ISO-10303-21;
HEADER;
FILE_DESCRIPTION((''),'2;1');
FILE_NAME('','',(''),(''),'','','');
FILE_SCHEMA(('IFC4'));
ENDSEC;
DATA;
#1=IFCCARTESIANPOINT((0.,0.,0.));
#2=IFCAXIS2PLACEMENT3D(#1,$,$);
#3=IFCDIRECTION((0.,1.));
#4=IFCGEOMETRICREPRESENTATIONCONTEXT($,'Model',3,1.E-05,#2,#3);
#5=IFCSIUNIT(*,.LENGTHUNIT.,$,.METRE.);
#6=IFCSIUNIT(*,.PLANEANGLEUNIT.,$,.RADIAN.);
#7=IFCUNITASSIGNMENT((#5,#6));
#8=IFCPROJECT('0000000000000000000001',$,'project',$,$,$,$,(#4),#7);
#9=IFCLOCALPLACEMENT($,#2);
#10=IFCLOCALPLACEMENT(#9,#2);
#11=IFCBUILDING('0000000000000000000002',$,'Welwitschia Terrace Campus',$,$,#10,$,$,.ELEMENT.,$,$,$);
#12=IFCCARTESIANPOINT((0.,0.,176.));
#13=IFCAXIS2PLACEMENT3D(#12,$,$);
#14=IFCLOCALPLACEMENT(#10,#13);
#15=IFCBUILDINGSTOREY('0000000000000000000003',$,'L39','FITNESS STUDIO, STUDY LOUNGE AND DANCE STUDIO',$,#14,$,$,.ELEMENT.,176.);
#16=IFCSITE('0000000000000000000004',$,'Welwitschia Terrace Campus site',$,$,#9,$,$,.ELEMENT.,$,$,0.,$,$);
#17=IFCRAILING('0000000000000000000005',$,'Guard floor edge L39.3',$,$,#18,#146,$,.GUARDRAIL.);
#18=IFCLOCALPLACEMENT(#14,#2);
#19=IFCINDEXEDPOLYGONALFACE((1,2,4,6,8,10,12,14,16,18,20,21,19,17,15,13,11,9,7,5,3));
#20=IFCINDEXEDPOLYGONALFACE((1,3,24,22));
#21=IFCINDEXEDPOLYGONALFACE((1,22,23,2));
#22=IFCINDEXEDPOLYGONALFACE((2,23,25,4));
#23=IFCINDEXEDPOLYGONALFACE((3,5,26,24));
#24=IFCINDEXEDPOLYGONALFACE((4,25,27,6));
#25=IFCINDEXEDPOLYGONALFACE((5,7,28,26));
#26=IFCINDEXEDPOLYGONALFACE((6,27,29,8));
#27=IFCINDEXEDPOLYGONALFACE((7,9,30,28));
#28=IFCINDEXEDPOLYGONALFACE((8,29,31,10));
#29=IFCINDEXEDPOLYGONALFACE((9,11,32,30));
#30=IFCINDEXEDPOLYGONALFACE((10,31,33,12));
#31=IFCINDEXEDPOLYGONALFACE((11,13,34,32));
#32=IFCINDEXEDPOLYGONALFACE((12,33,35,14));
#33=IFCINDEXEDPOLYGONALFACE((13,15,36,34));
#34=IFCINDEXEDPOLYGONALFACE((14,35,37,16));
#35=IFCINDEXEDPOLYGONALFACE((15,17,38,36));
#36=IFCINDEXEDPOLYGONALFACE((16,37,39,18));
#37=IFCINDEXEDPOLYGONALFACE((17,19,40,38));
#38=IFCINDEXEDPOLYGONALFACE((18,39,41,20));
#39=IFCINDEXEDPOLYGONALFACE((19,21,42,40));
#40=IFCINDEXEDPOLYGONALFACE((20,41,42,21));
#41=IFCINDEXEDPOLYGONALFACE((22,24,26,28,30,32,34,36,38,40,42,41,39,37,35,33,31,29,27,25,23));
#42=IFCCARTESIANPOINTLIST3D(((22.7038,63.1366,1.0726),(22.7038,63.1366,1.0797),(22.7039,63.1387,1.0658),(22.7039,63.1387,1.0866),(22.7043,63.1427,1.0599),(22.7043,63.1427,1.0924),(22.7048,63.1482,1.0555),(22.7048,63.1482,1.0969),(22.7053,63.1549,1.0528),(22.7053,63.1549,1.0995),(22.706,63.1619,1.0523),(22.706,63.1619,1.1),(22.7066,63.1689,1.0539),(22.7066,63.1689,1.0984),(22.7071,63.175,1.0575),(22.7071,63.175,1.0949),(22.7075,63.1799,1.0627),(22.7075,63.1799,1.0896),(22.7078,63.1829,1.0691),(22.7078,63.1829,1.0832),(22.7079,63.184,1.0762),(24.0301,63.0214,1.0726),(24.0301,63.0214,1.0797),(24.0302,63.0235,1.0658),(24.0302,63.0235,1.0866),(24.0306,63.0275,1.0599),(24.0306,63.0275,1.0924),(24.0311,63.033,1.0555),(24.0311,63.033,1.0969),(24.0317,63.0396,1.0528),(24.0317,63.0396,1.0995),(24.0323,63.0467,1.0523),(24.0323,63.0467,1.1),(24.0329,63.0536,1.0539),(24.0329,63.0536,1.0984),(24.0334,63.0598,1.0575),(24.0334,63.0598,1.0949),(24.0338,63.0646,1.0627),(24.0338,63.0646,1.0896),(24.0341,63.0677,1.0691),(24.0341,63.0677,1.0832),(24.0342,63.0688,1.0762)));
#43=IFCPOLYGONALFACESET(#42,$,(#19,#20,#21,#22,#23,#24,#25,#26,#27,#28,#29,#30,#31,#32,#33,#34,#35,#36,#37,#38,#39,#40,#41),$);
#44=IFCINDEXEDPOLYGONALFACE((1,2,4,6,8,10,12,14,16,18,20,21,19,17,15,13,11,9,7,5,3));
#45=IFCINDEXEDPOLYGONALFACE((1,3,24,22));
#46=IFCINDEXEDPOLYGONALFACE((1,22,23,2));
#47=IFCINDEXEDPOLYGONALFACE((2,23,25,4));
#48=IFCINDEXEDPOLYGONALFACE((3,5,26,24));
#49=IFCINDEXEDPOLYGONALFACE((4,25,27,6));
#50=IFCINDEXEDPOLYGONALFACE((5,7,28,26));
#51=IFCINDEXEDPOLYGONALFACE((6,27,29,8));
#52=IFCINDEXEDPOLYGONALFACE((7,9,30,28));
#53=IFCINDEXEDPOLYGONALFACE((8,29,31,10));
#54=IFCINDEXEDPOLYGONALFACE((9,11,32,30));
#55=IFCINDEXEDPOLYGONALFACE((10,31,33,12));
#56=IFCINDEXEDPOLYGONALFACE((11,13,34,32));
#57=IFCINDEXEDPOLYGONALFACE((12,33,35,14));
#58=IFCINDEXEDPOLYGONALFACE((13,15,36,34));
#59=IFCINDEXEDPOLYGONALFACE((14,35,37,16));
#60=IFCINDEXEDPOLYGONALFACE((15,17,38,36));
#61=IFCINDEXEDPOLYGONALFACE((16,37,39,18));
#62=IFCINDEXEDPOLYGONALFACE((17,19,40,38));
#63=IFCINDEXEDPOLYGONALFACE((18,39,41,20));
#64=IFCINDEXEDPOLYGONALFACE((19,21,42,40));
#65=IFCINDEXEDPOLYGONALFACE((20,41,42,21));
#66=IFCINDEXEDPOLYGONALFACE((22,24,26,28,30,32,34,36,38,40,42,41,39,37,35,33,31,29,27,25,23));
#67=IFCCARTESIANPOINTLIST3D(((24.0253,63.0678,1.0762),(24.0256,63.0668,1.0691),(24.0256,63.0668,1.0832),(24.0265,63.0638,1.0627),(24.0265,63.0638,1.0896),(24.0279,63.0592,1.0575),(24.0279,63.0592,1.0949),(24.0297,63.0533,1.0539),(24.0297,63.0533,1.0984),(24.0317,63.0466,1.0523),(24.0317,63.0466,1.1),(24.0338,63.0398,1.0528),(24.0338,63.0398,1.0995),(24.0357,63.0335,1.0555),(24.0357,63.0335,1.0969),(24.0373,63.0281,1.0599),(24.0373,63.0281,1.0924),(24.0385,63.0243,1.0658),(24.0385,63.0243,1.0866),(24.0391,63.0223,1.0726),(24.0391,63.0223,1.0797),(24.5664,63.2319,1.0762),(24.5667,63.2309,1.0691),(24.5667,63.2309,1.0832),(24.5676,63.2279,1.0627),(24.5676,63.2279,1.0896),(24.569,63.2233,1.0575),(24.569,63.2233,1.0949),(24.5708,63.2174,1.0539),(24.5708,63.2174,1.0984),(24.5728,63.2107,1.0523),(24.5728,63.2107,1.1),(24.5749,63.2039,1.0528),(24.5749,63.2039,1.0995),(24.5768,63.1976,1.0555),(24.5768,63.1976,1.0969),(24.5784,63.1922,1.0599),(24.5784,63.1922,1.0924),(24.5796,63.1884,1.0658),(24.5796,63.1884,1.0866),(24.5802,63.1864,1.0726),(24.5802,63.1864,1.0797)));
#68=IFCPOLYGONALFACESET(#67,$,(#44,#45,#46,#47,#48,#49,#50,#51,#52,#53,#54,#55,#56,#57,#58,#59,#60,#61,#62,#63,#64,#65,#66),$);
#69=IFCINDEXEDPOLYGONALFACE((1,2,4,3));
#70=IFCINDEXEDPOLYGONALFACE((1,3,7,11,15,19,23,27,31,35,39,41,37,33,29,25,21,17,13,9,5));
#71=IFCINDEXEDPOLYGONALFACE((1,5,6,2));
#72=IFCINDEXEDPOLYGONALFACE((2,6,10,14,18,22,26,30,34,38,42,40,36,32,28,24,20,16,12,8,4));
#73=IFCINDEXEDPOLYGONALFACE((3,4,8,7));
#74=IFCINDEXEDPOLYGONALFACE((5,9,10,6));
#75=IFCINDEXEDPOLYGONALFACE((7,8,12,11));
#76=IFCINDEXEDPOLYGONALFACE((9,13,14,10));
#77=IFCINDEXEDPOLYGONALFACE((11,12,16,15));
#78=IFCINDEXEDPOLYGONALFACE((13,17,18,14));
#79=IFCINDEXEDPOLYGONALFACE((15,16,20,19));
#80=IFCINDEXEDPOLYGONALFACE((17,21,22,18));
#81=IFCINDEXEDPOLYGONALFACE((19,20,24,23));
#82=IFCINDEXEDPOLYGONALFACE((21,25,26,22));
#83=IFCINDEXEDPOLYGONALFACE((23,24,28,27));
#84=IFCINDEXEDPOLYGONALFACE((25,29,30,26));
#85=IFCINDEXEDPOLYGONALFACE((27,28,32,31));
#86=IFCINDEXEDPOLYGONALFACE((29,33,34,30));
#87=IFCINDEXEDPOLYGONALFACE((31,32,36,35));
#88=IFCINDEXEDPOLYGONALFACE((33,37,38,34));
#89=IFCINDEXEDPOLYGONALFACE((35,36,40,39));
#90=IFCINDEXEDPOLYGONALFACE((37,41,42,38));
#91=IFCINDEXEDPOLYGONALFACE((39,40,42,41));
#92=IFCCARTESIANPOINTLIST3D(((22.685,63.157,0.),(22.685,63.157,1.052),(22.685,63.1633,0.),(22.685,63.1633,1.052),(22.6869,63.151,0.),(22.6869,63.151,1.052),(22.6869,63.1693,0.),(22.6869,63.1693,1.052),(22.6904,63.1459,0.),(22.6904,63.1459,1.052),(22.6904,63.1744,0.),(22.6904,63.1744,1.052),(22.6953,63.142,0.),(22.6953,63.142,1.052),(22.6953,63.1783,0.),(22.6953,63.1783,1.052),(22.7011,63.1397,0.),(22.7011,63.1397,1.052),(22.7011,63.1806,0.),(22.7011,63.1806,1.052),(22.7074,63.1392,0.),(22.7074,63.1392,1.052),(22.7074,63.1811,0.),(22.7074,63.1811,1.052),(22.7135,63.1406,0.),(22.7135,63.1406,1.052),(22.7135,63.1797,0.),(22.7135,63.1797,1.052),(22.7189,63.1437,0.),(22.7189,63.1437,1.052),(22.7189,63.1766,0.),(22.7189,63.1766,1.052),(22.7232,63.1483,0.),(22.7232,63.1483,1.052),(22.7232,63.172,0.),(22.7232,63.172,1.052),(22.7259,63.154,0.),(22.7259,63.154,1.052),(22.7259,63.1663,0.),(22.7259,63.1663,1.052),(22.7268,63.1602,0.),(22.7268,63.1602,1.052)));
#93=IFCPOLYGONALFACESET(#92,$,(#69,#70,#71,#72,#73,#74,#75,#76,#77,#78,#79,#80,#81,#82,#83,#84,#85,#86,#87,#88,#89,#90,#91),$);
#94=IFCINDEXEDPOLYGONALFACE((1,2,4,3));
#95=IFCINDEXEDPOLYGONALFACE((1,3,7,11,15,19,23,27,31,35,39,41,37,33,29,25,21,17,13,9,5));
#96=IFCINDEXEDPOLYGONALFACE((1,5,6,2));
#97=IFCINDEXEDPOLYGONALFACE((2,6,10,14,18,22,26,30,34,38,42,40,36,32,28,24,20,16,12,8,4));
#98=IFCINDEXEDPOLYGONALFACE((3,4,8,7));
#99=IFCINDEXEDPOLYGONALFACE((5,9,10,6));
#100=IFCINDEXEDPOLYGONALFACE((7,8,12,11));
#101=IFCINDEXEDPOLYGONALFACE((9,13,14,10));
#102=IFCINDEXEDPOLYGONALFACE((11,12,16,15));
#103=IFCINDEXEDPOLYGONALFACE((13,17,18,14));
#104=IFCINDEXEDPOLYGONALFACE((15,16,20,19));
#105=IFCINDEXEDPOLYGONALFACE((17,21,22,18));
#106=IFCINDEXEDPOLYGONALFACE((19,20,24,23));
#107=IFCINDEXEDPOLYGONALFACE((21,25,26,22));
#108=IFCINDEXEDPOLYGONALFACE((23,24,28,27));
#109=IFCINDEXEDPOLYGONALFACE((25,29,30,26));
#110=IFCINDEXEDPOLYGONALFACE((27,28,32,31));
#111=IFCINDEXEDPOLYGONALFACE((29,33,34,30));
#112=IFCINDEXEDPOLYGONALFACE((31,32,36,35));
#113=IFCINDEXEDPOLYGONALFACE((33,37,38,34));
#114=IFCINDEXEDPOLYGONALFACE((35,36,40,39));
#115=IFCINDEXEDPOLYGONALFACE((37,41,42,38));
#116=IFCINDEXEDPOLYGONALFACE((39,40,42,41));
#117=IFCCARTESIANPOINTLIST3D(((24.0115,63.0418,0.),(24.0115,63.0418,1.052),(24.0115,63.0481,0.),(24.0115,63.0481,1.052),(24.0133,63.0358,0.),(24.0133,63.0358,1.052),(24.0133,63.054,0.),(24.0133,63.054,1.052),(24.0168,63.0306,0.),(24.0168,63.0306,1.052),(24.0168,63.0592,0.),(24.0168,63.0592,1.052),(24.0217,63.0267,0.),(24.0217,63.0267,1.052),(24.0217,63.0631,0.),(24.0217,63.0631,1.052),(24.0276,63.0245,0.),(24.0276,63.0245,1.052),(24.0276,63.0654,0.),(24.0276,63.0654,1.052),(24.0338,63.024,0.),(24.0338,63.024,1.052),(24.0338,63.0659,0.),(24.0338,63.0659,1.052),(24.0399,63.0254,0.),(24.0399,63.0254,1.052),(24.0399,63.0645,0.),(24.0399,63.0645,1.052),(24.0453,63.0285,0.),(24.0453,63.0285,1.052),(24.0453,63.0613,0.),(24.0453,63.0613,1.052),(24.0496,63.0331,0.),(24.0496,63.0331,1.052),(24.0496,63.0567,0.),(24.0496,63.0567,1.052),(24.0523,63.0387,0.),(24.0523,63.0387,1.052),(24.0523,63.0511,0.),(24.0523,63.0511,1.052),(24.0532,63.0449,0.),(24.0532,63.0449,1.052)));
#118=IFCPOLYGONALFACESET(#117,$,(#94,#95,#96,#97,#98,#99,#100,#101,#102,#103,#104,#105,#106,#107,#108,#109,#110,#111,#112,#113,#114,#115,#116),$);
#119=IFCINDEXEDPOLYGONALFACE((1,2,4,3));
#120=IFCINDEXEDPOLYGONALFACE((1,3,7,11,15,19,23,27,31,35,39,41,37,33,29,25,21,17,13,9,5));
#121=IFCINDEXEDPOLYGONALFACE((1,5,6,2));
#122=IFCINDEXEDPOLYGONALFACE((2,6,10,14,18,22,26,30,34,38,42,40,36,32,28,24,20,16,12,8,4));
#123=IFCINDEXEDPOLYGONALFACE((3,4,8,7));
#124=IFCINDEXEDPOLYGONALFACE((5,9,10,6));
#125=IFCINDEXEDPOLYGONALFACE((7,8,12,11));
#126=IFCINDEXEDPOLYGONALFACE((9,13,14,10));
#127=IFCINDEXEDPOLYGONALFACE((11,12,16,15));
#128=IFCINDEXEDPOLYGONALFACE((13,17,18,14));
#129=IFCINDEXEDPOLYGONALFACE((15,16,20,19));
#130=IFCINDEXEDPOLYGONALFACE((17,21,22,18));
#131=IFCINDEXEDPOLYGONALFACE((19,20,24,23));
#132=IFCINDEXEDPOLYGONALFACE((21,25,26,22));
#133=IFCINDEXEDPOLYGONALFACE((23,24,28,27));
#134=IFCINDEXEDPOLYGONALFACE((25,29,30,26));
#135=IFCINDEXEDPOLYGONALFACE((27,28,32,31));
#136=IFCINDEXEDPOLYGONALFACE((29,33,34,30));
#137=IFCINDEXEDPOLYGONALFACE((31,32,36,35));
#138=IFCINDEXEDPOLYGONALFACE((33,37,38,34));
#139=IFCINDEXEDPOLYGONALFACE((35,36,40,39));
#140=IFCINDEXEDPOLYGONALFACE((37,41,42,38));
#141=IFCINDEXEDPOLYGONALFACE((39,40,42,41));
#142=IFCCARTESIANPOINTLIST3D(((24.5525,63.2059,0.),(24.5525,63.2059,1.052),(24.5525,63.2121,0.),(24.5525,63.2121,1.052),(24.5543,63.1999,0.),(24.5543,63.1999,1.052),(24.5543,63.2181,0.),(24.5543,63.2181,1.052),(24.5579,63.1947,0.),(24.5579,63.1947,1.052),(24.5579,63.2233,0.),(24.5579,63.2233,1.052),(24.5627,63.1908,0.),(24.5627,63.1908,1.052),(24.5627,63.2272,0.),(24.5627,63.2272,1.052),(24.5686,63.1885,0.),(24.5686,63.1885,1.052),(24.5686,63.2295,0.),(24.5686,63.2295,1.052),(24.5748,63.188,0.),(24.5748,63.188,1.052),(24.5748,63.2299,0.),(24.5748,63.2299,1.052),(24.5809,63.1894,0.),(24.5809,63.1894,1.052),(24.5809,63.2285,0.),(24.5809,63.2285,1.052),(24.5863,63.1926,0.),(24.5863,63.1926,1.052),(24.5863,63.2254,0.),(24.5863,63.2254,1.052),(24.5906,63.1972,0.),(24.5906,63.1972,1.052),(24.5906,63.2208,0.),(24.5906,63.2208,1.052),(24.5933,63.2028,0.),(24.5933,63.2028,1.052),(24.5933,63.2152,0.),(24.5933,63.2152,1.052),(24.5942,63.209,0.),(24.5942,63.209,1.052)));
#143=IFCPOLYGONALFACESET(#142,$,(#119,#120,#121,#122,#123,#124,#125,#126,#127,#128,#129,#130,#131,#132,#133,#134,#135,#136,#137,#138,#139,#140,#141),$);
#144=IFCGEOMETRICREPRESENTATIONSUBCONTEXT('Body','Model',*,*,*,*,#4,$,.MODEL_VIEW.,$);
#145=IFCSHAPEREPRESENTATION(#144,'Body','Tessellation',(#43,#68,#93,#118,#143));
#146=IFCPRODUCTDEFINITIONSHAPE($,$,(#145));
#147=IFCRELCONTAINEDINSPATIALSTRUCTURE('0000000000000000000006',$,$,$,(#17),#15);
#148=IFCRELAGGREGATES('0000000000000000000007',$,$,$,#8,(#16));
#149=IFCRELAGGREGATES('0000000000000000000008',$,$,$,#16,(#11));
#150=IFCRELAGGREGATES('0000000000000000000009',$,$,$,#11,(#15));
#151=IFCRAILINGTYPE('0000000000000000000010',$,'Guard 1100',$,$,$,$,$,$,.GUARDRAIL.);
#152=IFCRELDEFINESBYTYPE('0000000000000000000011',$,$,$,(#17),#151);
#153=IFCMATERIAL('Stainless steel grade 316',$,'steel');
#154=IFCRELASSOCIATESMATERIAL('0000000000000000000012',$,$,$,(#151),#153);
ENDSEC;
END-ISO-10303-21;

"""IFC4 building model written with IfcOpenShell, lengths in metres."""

from ifc_helpers import new_model, si_unit, direction, frame, origin, origin_2d, place, context, subcontext, project, spatial, circle, extrude, material, type_object, element, save


model = new_model("IFC4")

# Units and contexts
model_context = context("Model", 3, precision=1e-05, world=origin(), true_north=direction((0.0, 1.0)))
body_context = subcontext(model_context, "Body", "Model", "MODEL_VIEW")
ifc_project = project(units=[si_unit("LENGTHUNIT", "METRE"), si_unit("PLANEANGLEUNIT", "RADIAN")], contexts=[model_context])

# Site, building, storey
site_placement = place(None, origin())
site = spatial("IfcSite", under=ifc_project, at=site_placement, Name="Welwitschia Terrace Campus site", CompositionType="ELEMENT", RefElevation=0.0)
building_placement = place(site_placement, origin())
building = spatial("IfcBuilding", under=site, at=building_placement, Name="Welwitschia Terrace Campus", CompositionType="ELEMENT")
storey_placement = place(building_placement, frame((0.0, 0.0, 176.0)))
storey = spatial("IfcBuildingStorey", under=building, at=storey_placement, Name="L39", Description="FITNESS STUDIO, STUDY LOUNGE AND DANCE STUDIO", CompositionType="ELEMENT", Elevation=176.0)

# Railing
ifc_material_1 = material(Name="Stainless steel grade 316", Category="steel")
railing_type = type_object("IfcRailingType", Name="Guard 1100", PredefinedType="GUARDRAIL", material=ifc_material_1)
railing_placement = place(storey_placement, frame((22.7058, 63.1602, 0.0)))
element("IfcRailing", 1, at=railing_placement, inside=storey, type_object=railing_type, Name="Guard floor edge L39.3", PredefinedType="GUARDRAIL", context=body_context, shape_type="SweptSolid", body=[
    extrude(circle(Radius=0.0239, at=origin_2d()), frame((0.0, 0.0, 1.0762), z_axis=(0.996247, -0.08655, 0.0), x_axis=(0.08655, 0.996247, 0.0)), (0.0, 0.0, 1.0), 1.3313),
    extrude(circle(Radius=0.0239, at=origin_2d()), frame((1.3264, -0.1152, 1.0762), z_axis=(0.956966, 0.290199, 0.0), x_axis=(-0.290199, 0.956966, 0.0)), (0.0, 0.0, 1.0), 0.5654),
    extrude(circle(Radius=0.021, at=origin_2d()), origin(), (0.0, 0.0, 1.0), 1.052),
    extrude(circle(Radius=0.021, at=origin_2d()), frame((1.3264, -0.1152, 0.0)), (0.0, 0.0, 1.0), 1.052),
    extrude(circle(Radius=0.021, at=origin_2d()), frame((1.8674, 0.0488, 0.0)), (0.0, 0.0, 1.0), 1.052),
])

save(model, "model.ifc")
